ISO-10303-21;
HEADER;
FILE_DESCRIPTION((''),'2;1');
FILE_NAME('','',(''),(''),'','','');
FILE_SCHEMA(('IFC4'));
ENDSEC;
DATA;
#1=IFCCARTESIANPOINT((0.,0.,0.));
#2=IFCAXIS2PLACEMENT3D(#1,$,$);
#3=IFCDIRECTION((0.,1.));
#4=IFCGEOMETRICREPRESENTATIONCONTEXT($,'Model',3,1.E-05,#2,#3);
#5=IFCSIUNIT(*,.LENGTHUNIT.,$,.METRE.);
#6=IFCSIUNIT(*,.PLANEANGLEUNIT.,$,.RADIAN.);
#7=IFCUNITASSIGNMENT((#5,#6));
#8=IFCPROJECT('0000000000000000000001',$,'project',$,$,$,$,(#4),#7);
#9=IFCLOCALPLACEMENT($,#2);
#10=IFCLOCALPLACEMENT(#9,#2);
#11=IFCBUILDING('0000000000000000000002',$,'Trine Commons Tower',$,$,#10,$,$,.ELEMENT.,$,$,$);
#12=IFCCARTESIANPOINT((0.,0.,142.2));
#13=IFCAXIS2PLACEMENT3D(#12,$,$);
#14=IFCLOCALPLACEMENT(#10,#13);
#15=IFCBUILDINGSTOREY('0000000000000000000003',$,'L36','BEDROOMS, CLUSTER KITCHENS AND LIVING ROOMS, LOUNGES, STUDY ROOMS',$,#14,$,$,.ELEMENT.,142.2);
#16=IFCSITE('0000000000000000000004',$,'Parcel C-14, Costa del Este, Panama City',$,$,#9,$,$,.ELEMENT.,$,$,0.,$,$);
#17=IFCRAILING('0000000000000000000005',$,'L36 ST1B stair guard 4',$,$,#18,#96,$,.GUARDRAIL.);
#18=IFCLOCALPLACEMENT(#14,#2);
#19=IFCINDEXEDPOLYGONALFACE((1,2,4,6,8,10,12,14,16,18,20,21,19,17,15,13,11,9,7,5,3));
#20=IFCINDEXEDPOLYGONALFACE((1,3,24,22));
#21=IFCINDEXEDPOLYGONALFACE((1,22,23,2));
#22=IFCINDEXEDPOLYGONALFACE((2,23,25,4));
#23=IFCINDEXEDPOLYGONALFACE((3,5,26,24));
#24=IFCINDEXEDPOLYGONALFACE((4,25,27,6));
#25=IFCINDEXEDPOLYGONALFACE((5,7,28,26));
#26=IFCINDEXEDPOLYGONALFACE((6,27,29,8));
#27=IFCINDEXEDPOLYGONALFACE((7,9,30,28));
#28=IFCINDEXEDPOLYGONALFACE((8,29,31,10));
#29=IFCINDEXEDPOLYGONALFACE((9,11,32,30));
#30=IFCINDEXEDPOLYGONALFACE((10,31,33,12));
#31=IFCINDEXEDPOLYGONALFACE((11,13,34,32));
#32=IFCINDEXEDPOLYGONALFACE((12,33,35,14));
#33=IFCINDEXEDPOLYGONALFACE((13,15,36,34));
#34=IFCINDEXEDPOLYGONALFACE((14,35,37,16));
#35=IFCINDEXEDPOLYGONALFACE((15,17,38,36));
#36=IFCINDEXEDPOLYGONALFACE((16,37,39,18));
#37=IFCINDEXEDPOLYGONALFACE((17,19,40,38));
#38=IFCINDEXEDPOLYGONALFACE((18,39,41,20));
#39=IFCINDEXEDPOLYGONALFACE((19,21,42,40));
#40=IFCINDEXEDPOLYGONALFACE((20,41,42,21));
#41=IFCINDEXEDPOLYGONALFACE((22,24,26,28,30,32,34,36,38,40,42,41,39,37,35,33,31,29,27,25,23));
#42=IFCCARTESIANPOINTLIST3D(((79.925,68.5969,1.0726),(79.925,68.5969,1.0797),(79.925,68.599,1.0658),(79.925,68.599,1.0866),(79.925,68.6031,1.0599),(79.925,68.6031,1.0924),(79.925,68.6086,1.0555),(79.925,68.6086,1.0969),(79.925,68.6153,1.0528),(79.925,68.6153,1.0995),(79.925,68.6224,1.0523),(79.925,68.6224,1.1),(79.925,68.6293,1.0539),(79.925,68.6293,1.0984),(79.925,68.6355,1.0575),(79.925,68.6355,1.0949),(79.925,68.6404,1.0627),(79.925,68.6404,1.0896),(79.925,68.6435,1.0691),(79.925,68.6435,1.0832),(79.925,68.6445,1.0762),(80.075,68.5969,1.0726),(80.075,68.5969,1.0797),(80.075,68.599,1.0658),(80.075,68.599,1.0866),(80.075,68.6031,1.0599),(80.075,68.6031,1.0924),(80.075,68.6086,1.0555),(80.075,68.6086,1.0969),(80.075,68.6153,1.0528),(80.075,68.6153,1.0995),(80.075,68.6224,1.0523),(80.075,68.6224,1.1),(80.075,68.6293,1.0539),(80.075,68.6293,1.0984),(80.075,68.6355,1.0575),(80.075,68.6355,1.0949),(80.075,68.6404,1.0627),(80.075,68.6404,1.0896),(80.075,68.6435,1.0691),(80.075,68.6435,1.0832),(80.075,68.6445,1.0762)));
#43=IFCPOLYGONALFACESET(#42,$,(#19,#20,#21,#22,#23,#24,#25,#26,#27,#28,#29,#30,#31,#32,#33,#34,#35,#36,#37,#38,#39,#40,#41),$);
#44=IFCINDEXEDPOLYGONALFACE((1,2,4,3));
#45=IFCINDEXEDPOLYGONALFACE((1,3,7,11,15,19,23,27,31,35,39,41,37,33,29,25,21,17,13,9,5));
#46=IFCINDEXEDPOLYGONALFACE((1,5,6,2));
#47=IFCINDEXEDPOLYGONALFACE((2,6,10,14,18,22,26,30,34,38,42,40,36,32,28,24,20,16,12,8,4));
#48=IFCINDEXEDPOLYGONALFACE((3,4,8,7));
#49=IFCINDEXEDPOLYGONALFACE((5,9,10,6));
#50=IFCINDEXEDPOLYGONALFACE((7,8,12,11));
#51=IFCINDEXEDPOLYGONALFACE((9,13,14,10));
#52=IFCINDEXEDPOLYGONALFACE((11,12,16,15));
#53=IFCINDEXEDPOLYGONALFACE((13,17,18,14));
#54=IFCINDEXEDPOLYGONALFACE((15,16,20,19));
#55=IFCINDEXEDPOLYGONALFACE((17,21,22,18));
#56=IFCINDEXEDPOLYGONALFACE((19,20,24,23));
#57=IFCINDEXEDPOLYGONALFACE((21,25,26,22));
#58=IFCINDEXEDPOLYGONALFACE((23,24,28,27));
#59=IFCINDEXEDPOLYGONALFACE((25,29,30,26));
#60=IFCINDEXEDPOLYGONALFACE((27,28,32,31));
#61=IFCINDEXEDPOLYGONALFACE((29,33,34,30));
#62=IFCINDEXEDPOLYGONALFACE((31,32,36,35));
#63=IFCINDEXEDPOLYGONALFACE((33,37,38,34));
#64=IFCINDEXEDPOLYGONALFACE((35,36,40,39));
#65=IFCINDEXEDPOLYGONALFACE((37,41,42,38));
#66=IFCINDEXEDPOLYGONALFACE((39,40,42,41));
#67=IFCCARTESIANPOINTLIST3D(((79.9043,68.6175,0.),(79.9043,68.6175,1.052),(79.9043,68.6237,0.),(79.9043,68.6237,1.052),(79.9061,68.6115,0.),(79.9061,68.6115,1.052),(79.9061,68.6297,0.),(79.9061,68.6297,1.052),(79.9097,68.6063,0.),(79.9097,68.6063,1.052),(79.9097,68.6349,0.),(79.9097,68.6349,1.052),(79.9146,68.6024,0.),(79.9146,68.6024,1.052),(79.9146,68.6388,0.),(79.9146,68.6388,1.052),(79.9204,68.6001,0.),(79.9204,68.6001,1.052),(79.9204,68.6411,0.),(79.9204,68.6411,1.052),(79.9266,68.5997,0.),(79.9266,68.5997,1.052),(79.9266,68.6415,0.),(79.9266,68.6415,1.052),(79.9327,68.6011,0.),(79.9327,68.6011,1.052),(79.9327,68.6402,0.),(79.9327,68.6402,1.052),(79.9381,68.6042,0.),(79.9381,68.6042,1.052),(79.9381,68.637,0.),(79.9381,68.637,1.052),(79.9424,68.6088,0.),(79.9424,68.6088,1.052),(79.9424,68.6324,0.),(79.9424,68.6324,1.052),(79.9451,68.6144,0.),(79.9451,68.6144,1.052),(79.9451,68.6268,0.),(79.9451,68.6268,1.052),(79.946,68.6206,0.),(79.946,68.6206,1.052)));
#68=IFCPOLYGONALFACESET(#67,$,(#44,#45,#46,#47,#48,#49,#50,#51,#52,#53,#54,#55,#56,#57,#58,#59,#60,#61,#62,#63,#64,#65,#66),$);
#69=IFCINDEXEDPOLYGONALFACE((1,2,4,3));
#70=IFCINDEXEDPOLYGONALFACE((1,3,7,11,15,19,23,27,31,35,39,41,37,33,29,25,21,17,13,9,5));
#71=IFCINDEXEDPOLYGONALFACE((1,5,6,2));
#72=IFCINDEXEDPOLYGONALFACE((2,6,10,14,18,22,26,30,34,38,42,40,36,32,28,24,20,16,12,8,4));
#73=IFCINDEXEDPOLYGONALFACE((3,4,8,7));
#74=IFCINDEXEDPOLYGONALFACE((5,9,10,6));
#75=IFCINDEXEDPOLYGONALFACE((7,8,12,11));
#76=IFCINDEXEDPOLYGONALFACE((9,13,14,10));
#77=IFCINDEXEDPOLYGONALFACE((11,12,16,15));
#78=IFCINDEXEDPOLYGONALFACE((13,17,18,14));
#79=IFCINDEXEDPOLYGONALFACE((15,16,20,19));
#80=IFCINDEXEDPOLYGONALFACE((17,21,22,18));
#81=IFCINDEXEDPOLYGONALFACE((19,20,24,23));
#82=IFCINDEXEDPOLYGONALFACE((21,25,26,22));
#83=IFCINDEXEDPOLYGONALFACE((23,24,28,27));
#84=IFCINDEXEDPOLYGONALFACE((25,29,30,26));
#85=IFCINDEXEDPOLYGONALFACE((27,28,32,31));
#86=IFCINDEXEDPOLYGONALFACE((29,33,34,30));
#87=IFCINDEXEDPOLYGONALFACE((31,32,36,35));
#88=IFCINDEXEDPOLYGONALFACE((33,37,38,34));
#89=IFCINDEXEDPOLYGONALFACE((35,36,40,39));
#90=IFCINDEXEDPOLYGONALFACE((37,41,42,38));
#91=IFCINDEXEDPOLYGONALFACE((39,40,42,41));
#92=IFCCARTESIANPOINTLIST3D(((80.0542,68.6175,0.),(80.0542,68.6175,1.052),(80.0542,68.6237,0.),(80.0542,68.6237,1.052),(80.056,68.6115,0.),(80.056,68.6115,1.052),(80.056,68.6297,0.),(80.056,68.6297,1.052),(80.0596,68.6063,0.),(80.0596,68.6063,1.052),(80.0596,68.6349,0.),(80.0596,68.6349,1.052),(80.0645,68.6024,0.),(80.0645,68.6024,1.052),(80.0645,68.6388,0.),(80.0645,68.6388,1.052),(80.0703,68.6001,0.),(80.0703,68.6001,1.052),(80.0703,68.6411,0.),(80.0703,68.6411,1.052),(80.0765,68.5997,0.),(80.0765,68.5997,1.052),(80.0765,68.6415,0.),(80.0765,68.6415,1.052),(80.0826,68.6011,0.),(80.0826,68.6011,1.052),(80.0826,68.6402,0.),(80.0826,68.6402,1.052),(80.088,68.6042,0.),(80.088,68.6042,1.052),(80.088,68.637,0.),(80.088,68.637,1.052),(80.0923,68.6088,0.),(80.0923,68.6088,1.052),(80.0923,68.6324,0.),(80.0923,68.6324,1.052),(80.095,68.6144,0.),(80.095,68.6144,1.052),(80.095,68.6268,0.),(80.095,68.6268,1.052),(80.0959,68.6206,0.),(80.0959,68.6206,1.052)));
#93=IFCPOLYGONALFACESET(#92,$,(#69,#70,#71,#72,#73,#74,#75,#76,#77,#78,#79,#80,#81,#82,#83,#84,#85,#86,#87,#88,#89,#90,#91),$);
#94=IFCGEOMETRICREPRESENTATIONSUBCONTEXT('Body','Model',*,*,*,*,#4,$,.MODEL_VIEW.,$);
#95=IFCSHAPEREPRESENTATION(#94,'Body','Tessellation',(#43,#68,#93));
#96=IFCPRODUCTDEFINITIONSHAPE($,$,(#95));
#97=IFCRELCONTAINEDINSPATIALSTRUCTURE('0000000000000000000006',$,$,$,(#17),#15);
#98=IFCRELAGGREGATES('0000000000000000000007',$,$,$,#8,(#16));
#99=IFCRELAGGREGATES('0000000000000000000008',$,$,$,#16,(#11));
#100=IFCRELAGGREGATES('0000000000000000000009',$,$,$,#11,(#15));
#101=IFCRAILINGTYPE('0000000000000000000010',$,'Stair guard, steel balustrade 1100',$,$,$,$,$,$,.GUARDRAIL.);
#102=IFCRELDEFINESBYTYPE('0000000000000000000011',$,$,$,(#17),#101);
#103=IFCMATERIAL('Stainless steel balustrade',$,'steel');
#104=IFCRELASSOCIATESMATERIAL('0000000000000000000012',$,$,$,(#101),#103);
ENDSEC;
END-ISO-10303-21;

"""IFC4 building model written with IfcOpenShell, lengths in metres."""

from ifc_helpers import new_model, si_unit, direction, frame, origin, origin_2d, place, context, subcontext, project, spatial, circle, extrude, material, type_object, element, save


model = new_model("IFC4")

# Units and contexts
model_context = context("Model", 3, precision=1e-05, world=origin(), true_north=direction((0.0, 1.0)))
body_context = subcontext(model_context, "Body", "Model", "MODEL_VIEW")
ifc_project = project(units=[si_unit("LENGTHUNIT", "METRE"), si_unit("PLANEANGLEUNIT", "RADIAN")], contexts=[model_context])

# Site, building, storey
site_placement = place(None, origin())
site = spatial("IfcSite", under=ifc_project, at=site_placement, Name="Parcel C-14, Costa del Este, Panama City", CompositionType="ELEMENT", RefElevation=0.0)
building_placement = place(site_placement, origin())
building = spatial("IfcBuilding", under=site, at=building_placement, Name="Trine Commons Tower", CompositionType="ELEMENT")
storey_placement = place(building_placement, frame((0.0, 0.0, 142.2)))
storey = spatial("IfcBuildingStorey", under=building, at=storey_placement, Name="L36", Description="BEDROOMS, CLUSTER KITCHENS AND LIVING ROOMS, LOUNGES, STUDY ROOMS", CompositionType="ELEMENT", Elevation=142.2)

# Railing
ifc_material_1 = material(Name="Stainless steel balustrade", Category="steel")
railing_type_1 = type_object("IfcRailingType", Name="Stair guard, steel balustrade 1100", PredefinedType="GUARDRAIL", material=ifc_material_1)
railing_1_placement = place(storey_placement, frame((79.925, 68.6206, 0.0)))
element("IfcRailing", 1, at=railing_1_placement, inside=storey, type_object=railing_type_1, Name="L36 ST1B stair guard 4", PredefinedType="GUARDRAIL", context=body_context, shape_type="SweptSolid", body=[
    extrude(circle(Radius=0.0239, at=origin_2d()), frame((0.0, 0.0, 1.0762), z_axis=(1.0, 0.0, 0.0), x_axis=(0.0, 1.0, 0.0)), (0.0, 0.0, 1.0), 0.1499),
    extrude(circle(Radius=0.021, at=origin_2d()), origin(), (0.0, 0.0, 1.0), 1.052),
    extrude(circle(Radius=0.021, at=origin_2d()), frame((0.1499, 0.0, 0.0)), (0.0, 0.0, 1.0), 1.052),
])

save(model, "model.ifc")
